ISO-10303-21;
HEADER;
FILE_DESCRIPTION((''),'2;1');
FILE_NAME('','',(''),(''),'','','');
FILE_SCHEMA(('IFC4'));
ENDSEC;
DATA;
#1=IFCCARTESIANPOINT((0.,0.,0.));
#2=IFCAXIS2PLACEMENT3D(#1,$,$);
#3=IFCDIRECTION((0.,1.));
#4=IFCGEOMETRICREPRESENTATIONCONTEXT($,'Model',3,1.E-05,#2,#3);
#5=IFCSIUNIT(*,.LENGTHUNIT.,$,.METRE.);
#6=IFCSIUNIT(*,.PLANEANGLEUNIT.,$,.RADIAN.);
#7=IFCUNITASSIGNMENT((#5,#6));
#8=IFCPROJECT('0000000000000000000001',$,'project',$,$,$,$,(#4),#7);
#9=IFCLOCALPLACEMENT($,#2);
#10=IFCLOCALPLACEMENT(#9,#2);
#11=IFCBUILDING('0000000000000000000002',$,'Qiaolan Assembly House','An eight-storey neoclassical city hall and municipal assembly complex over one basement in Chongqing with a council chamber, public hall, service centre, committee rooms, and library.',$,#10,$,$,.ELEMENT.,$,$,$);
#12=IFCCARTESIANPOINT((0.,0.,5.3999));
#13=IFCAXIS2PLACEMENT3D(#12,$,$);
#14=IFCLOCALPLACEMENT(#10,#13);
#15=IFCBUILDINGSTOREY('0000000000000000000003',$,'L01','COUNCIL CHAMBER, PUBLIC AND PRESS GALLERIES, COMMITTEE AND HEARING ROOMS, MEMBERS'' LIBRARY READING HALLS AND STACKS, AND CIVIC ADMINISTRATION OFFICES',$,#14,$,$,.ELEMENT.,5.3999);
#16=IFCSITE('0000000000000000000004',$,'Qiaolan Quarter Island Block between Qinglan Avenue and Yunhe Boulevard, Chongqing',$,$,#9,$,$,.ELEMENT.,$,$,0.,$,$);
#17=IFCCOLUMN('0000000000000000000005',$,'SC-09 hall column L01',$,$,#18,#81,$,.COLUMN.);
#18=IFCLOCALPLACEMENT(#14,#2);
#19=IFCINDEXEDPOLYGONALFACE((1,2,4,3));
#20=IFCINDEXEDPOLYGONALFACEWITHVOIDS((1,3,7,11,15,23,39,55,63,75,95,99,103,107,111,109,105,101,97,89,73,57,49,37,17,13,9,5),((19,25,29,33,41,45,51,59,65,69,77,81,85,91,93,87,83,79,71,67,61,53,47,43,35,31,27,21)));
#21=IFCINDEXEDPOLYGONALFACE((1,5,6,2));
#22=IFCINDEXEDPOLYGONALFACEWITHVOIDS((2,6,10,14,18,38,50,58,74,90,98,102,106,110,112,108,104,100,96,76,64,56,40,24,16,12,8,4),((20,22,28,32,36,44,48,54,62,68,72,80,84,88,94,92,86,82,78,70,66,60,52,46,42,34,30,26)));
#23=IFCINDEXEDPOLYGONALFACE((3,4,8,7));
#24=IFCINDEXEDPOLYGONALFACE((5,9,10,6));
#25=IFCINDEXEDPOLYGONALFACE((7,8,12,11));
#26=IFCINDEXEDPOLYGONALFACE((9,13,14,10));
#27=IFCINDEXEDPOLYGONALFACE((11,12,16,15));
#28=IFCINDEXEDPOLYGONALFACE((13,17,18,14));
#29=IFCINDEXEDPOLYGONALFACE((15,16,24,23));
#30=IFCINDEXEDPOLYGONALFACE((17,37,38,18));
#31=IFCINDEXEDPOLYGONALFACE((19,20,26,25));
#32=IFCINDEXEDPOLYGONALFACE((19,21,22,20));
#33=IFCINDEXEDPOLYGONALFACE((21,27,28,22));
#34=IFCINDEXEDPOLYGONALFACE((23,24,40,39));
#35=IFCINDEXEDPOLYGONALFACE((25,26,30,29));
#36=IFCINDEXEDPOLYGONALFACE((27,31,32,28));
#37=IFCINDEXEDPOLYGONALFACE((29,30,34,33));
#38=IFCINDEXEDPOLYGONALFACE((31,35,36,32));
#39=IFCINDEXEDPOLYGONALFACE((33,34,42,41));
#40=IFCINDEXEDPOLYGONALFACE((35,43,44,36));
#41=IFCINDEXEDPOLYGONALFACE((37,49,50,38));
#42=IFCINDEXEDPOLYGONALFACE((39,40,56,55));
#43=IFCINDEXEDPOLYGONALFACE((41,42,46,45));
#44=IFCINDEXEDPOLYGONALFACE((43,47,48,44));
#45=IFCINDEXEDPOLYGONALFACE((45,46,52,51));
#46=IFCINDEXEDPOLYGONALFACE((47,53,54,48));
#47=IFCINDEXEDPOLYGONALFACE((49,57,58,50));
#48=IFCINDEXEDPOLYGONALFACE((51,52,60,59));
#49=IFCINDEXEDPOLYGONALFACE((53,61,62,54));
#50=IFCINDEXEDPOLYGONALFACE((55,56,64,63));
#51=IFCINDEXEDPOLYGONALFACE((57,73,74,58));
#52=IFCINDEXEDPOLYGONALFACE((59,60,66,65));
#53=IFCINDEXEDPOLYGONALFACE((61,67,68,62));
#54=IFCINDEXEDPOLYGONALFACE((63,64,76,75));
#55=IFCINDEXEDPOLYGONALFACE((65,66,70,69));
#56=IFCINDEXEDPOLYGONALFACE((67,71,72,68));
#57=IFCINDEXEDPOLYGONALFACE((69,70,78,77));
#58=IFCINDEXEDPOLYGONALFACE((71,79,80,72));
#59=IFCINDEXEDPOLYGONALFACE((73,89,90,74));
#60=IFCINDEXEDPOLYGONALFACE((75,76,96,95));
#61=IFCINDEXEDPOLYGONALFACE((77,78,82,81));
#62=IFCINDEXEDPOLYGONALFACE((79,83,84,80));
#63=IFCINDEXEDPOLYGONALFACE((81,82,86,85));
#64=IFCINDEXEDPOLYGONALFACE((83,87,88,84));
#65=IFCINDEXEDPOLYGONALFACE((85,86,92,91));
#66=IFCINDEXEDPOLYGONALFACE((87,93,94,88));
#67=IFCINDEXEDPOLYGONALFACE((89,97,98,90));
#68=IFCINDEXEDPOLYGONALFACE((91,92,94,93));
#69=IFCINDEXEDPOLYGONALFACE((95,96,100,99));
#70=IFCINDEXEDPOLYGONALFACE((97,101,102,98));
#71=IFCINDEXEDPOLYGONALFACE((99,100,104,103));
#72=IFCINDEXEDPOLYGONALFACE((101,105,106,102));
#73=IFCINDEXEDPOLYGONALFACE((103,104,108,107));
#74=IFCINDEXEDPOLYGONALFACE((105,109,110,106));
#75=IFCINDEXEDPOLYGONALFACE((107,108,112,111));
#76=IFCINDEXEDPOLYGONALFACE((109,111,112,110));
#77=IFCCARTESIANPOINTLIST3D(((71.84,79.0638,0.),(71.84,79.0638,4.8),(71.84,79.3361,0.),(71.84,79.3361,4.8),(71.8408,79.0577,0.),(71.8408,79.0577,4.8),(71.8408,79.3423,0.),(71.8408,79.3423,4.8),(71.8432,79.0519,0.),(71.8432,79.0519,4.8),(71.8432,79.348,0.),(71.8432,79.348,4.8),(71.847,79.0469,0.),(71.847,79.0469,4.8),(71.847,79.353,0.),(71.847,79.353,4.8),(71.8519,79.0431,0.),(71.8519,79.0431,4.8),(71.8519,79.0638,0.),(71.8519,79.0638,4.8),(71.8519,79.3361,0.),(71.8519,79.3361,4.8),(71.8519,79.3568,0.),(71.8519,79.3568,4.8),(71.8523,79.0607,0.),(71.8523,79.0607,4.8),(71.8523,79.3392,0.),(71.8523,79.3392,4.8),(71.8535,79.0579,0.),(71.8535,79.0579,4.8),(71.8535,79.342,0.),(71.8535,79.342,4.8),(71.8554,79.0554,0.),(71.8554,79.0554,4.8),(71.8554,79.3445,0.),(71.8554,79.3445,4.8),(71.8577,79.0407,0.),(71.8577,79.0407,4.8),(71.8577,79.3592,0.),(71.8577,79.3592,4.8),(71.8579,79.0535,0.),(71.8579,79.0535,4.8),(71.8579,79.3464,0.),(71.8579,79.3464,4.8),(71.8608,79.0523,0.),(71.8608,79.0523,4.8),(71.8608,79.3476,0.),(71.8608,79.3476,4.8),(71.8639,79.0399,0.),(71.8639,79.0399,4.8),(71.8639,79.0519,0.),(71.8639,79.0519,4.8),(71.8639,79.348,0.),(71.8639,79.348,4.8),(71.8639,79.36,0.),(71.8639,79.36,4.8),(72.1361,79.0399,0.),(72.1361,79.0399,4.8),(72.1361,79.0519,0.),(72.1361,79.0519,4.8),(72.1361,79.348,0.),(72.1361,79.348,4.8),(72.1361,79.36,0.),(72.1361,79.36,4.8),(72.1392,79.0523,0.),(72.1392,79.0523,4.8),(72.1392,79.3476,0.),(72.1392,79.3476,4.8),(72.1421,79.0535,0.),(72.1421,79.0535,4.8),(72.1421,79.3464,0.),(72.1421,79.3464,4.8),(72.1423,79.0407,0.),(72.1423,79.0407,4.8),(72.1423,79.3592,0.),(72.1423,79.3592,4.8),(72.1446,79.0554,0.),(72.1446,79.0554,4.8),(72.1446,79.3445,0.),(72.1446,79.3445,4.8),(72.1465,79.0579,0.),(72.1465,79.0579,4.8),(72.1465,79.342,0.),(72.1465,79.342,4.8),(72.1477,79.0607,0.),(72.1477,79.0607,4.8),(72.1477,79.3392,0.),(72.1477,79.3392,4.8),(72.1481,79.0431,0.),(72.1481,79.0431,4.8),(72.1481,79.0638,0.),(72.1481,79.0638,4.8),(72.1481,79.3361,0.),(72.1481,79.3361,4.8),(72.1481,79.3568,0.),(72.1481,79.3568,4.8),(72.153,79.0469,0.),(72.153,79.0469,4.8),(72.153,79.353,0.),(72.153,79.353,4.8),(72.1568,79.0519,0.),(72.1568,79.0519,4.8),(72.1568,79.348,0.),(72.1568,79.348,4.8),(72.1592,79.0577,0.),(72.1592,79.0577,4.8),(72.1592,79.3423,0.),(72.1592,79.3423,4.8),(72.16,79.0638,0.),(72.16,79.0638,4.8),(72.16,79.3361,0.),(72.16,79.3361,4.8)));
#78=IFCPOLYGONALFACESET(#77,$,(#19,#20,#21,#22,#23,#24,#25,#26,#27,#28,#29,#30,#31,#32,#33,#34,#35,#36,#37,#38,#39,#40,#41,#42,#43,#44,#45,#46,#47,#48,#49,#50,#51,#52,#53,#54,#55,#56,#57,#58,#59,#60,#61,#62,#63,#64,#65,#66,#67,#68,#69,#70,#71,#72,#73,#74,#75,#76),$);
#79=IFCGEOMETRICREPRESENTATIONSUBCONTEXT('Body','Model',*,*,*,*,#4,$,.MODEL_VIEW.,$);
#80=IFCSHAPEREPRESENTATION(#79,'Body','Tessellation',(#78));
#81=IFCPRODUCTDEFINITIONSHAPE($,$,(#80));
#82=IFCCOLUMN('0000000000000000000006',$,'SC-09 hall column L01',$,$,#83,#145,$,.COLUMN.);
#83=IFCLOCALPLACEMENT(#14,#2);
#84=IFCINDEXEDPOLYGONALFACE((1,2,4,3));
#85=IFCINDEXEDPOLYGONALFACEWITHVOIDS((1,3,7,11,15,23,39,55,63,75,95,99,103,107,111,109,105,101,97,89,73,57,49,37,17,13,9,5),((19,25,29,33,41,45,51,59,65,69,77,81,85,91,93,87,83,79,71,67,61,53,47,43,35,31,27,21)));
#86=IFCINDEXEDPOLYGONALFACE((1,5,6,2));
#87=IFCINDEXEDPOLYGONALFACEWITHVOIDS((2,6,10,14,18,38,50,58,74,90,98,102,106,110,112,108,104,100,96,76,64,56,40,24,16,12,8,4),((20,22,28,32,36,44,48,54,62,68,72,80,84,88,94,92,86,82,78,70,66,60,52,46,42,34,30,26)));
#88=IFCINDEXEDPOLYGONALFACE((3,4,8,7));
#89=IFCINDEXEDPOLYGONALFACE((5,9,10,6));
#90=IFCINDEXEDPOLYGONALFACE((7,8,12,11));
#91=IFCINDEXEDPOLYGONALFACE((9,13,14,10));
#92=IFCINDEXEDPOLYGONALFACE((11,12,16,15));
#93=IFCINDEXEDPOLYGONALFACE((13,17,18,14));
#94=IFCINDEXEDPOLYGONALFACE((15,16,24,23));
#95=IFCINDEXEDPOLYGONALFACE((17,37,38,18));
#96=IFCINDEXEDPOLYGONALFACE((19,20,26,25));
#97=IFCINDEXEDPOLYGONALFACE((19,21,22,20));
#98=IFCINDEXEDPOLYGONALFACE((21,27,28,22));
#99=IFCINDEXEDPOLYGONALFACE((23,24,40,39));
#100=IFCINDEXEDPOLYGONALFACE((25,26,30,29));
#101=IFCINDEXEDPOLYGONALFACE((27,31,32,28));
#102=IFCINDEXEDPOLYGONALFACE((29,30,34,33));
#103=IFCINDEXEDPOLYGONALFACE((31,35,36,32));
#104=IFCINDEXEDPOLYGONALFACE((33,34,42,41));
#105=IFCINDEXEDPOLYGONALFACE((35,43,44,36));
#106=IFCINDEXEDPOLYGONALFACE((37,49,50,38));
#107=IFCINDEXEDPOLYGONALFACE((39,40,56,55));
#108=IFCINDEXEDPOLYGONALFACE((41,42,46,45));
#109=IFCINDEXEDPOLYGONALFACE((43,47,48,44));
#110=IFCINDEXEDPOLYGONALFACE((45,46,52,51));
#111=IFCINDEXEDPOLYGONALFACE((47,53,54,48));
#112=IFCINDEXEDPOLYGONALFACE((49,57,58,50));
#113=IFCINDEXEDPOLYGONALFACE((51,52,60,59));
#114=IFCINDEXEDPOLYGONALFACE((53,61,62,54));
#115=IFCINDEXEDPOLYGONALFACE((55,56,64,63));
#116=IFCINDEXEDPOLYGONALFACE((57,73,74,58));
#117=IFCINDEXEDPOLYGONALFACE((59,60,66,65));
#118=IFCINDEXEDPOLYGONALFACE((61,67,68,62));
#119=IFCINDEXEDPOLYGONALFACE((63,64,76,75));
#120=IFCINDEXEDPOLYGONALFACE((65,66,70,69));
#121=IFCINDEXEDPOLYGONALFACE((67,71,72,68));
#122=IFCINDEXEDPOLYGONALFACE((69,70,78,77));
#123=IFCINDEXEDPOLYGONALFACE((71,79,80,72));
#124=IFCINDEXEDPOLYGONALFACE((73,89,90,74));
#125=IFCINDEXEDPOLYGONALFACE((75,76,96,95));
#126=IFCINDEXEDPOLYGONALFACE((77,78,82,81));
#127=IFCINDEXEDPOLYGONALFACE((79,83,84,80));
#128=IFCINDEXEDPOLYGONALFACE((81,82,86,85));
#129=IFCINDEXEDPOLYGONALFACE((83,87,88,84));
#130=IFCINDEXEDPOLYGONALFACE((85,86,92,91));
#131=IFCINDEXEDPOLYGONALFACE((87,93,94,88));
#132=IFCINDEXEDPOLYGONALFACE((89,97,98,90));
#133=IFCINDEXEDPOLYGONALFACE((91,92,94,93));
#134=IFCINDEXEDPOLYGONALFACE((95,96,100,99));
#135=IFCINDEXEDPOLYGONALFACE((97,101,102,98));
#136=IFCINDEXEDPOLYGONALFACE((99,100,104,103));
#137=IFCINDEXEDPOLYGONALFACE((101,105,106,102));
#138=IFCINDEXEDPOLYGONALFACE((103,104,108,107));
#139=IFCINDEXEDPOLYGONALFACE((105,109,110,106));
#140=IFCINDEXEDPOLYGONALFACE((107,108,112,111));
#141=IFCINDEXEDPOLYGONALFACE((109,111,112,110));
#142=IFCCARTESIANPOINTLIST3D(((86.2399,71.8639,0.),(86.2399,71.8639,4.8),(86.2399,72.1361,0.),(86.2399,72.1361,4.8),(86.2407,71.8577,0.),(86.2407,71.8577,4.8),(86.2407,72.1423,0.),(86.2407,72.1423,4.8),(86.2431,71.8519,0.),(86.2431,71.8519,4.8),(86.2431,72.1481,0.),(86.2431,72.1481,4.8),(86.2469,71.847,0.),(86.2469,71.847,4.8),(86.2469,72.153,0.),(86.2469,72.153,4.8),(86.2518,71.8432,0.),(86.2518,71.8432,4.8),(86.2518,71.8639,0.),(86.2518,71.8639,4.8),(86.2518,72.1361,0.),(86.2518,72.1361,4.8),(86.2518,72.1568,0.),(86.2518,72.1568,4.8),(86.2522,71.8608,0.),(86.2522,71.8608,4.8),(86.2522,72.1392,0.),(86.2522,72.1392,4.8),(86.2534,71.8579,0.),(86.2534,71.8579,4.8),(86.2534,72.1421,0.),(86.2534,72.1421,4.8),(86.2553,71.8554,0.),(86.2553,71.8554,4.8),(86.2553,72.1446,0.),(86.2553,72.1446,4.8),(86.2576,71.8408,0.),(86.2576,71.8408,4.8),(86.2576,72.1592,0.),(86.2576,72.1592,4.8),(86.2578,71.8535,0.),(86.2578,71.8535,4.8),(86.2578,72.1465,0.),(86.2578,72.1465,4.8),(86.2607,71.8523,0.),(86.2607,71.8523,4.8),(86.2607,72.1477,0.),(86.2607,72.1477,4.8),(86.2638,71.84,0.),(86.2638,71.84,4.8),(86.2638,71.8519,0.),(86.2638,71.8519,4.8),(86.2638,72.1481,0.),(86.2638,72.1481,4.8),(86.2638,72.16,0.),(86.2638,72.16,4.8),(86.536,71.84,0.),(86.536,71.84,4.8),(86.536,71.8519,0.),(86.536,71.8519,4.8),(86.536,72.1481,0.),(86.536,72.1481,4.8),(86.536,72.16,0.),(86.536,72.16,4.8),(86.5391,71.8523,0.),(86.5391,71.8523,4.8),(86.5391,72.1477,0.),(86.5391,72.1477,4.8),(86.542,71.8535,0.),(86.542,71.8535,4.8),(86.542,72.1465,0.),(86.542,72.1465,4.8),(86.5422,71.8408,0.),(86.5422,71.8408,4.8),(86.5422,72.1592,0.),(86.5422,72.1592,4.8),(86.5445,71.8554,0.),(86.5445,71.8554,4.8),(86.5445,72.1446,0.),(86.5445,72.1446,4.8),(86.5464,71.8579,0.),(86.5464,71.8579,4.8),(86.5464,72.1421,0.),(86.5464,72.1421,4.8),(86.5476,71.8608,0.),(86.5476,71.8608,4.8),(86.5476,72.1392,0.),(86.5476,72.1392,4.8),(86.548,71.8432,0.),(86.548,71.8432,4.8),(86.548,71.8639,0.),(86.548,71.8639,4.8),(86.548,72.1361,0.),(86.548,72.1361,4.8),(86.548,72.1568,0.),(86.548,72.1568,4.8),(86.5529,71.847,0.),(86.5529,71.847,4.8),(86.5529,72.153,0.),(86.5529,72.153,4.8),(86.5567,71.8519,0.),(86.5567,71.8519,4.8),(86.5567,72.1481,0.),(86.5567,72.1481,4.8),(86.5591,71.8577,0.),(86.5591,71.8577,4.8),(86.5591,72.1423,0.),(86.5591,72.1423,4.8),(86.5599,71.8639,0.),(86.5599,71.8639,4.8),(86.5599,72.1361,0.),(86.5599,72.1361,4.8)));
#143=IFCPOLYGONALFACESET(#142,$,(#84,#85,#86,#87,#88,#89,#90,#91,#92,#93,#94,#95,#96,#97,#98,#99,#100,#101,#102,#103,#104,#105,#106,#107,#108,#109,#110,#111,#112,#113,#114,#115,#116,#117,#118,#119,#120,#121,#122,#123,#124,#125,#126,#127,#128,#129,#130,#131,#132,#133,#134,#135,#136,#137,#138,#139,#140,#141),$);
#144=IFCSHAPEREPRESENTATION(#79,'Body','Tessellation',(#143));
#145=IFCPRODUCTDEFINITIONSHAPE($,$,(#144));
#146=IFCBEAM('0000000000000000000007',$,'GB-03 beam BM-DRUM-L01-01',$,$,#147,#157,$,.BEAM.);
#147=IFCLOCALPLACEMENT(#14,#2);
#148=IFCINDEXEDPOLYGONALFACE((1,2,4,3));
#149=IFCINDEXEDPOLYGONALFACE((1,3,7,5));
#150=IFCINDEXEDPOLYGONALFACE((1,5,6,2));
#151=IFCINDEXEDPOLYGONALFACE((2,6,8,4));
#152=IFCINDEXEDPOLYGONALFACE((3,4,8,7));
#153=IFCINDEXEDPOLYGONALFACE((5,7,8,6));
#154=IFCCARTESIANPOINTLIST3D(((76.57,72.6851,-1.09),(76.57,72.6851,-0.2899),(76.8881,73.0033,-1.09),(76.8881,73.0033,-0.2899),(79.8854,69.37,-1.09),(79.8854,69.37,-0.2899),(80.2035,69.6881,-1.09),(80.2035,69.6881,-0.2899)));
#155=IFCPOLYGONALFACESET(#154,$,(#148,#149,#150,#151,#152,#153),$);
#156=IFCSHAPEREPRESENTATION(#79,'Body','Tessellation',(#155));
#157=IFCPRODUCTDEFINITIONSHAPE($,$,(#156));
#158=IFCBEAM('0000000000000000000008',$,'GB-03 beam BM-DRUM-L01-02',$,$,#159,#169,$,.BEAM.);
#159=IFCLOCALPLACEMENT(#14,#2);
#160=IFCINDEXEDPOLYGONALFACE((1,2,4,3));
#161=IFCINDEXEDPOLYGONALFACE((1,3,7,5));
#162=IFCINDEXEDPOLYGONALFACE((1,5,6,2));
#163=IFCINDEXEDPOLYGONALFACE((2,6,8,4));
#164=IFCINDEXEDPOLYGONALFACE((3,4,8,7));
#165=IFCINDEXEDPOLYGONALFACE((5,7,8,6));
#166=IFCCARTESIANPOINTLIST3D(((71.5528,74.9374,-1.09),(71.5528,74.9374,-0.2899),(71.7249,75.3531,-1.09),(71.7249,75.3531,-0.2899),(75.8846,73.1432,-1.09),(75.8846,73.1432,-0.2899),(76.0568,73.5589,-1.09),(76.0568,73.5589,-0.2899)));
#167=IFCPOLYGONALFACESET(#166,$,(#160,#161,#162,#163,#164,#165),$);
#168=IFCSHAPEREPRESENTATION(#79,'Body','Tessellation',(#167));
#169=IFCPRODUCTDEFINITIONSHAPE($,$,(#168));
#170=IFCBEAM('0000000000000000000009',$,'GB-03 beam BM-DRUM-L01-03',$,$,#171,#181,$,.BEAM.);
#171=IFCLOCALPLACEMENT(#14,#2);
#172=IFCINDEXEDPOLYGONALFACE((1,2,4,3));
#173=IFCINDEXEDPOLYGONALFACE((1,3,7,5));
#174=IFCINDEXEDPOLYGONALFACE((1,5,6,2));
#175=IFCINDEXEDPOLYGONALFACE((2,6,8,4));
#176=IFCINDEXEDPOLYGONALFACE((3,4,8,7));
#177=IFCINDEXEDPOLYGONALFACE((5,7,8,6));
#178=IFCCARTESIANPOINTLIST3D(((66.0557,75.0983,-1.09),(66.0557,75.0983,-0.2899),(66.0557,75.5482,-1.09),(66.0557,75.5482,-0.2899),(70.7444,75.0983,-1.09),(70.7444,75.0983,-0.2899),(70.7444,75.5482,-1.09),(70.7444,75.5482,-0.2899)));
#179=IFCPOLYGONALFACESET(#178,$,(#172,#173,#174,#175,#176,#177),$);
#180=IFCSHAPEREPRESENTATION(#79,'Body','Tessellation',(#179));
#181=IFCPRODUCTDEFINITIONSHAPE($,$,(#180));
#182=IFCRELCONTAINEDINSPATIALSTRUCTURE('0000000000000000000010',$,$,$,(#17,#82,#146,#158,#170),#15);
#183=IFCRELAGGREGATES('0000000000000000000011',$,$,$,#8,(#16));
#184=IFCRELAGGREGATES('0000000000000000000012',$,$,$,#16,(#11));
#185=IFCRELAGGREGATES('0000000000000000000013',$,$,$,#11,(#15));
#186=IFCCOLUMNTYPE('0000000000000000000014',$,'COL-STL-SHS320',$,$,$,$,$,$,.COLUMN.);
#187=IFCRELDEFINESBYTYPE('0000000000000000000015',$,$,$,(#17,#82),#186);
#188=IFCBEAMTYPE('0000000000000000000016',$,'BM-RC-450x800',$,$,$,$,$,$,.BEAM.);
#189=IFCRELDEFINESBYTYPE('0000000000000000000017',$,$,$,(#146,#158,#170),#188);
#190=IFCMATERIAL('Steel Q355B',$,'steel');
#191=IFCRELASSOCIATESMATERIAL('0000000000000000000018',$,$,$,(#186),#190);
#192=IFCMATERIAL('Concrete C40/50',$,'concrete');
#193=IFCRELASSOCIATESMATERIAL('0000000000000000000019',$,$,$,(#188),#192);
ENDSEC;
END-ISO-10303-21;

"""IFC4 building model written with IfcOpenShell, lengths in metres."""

from ifc_helpers import new_model, si_unit, direction, frame, origin, origin_2d, place, context, subcontext, project, spatial, rectangle, hollow_rectangle, extrude, material, material_profile, profile_set, type_object, element, save


model = new_model("IFC4")

# Units and contexts
model_context = context("Model", 3, precision=1e-05, world=origin(), true_north=direction((0.0, 1.0)))
body_context = subcontext(model_context, "Body", "Model", "MODEL_VIEW")
ifc_project = project(units=[si_unit("LENGTHUNIT", "METRE"), si_unit("PLANEANGLEUNIT", "RADIAN")], contexts=[model_context])

# Site, building, storey
site_placement = place(None, origin())
site = spatial("IfcSite", under=ifc_project, at=site_placement, Name="Qiaolan Quarter Island Block between Qinglan Avenue and Yunhe Boulevard, Chongqing", CompositionType="ELEMENT", RefElevation=0.0)
building_placement = place(site_placement, origin())
building = spatial("IfcBuilding", under=site, at=building_placement, Name="Qiaolan Assembly House", Description="An eight-storey neoclassical city hall and municipal assembly complex over one basement in Chongqing with a council chamber, public hall, service centre, committee rooms, and library.", CompositionType="ELEMENT")
storey_placement = place(building_placement, frame((0.0, 0.0, 5.3999)))
storey = spatial("IfcBuildingStorey", under=building, at=storey_placement, Name="L01", Description="COUNCIL CHAMBER, PUBLIC AND PRESS GALLERIES, COMMITTEE AND HEARING ROOMS, MEMBERS' LIBRARY READING HALLS AND STACKS, AND CIVIC ADMINISTRATION OFFICES", CompositionType="ELEMENT", Elevation=5.3999)

# Columns
ifc_material_1 = material(Name="Steel Q355B", Category="steel")
ifc_material_profile_1 = material_profile(ifc_material_1, hollow_rectangle(XDim=0.3201, YDim=0.3201, WallThickness=0.012, InnerFilletRadius=0.012, OuterFilletRadius=0.0239, at=origin_2d()), Name="SHS 320x320x12")
ifc_profile_set_1 = profile_set([ifc_material_profile_1], Name="Steel Q355B")
column_type_1 = type_object("IfcColumnType", Name="COL-STL-SHS320", PredefinedType="COLUMN", material=ifc_profile_set_1)
for number, where, z_axis, x_axis, name in (
    (1, (72.0, 79.2, 0.0), (0.0, 0.0, 1.0), (1.0, 0.0, 0.0), "SC-09 hall column L01"),
    (2, (86.3999, 72.0, 0.0), (0.0, 0.0, 1.0), (1.0, 0.0, 0.0), "SC-09 hall column L01"),
):
    element("IfcColumn", number, at=place(storey_placement, frame(where, z_axis=z_axis, x_axis=x_axis)), inside=storey, type_object=column_type_1, Name=name, PredefinedType="COLUMN", context=body_context, shape_type="SweptSolid", body=[
        extrude(hollow_rectangle(XDim=0.3201, YDim=0.3201, WallThickness=0.012, InnerFilletRadius=0.012, OuterFilletRadius=0.0239, at=origin_2d()), origin(), (0.0, 0.0, 1.0), 4.8),
    ])

# Beams
ifc_material_2 = material(Name="Concrete C40/50", Category="concrete")
ifc_material_profile_2 = material_profile(ifc_material_2, rectangle(XDim=0.45, YDim=0.8, at=origin_2d()), Name="RCB 450x800")
ifc_profile_set_2 = profile_set([ifc_material_profile_2], Name="Concrete C40/50")
beam_type_1 = type_object("IfcBeamType", Name="BM-RC-450x800", PredefinedType="BEAM", material=ifc_profile_set_2)
beam_1_placement = place(storey_placement, frame((80.0444, 69.5291, -0.6899), z_axis=(-0.707133, 0.707081, 0.0), x_axis=(-0.707081, -0.707133, 0.0)))
element("IfcBeam", 3, at=beam_1_placement, inside=storey, type_object=beam_type_1, Name="GB-03 beam BM-DRUM-L01-01", PredefinedType="BEAM", context=body_context, shape_type="SweptSolid", body=[
    extrude(rectangle(XDim=0.45, YDim=0.8, at=origin_2d()), origin(), (0.0, 0.0, 1.0), 4.6885),
])
for number, where, z_axis, x_axis, name in (
    (4, (75.9707, 73.3511, -0.6899), (-0.923887, 0.382666, 0.0), (-0.382666, -0.923887, 0.0), "GB-03 beam BM-DRUM-L01-02"),
    (5, (70.7444, 75.3232, -0.6899), (-1.0, 0.0, 0.0), (0.0, -1.0, 0.0), "GB-03 beam BM-DRUM-L01-03"),
):
    element("IfcBeam", number, at=place(storey_placement, frame(where, z_axis=z_axis, x_axis=x_axis)), inside=storey, type_object=beam_type_1, Name=name, PredefinedType="BEAM", context=body_context, shape_type="SweptSolid", body=[
        extrude(rectangle(XDim=0.45, YDim=0.8, at=origin_2d()), origin(), (0.0, 0.0, 1.0), 4.6887),
    ])

save(model, "model.ifc")
